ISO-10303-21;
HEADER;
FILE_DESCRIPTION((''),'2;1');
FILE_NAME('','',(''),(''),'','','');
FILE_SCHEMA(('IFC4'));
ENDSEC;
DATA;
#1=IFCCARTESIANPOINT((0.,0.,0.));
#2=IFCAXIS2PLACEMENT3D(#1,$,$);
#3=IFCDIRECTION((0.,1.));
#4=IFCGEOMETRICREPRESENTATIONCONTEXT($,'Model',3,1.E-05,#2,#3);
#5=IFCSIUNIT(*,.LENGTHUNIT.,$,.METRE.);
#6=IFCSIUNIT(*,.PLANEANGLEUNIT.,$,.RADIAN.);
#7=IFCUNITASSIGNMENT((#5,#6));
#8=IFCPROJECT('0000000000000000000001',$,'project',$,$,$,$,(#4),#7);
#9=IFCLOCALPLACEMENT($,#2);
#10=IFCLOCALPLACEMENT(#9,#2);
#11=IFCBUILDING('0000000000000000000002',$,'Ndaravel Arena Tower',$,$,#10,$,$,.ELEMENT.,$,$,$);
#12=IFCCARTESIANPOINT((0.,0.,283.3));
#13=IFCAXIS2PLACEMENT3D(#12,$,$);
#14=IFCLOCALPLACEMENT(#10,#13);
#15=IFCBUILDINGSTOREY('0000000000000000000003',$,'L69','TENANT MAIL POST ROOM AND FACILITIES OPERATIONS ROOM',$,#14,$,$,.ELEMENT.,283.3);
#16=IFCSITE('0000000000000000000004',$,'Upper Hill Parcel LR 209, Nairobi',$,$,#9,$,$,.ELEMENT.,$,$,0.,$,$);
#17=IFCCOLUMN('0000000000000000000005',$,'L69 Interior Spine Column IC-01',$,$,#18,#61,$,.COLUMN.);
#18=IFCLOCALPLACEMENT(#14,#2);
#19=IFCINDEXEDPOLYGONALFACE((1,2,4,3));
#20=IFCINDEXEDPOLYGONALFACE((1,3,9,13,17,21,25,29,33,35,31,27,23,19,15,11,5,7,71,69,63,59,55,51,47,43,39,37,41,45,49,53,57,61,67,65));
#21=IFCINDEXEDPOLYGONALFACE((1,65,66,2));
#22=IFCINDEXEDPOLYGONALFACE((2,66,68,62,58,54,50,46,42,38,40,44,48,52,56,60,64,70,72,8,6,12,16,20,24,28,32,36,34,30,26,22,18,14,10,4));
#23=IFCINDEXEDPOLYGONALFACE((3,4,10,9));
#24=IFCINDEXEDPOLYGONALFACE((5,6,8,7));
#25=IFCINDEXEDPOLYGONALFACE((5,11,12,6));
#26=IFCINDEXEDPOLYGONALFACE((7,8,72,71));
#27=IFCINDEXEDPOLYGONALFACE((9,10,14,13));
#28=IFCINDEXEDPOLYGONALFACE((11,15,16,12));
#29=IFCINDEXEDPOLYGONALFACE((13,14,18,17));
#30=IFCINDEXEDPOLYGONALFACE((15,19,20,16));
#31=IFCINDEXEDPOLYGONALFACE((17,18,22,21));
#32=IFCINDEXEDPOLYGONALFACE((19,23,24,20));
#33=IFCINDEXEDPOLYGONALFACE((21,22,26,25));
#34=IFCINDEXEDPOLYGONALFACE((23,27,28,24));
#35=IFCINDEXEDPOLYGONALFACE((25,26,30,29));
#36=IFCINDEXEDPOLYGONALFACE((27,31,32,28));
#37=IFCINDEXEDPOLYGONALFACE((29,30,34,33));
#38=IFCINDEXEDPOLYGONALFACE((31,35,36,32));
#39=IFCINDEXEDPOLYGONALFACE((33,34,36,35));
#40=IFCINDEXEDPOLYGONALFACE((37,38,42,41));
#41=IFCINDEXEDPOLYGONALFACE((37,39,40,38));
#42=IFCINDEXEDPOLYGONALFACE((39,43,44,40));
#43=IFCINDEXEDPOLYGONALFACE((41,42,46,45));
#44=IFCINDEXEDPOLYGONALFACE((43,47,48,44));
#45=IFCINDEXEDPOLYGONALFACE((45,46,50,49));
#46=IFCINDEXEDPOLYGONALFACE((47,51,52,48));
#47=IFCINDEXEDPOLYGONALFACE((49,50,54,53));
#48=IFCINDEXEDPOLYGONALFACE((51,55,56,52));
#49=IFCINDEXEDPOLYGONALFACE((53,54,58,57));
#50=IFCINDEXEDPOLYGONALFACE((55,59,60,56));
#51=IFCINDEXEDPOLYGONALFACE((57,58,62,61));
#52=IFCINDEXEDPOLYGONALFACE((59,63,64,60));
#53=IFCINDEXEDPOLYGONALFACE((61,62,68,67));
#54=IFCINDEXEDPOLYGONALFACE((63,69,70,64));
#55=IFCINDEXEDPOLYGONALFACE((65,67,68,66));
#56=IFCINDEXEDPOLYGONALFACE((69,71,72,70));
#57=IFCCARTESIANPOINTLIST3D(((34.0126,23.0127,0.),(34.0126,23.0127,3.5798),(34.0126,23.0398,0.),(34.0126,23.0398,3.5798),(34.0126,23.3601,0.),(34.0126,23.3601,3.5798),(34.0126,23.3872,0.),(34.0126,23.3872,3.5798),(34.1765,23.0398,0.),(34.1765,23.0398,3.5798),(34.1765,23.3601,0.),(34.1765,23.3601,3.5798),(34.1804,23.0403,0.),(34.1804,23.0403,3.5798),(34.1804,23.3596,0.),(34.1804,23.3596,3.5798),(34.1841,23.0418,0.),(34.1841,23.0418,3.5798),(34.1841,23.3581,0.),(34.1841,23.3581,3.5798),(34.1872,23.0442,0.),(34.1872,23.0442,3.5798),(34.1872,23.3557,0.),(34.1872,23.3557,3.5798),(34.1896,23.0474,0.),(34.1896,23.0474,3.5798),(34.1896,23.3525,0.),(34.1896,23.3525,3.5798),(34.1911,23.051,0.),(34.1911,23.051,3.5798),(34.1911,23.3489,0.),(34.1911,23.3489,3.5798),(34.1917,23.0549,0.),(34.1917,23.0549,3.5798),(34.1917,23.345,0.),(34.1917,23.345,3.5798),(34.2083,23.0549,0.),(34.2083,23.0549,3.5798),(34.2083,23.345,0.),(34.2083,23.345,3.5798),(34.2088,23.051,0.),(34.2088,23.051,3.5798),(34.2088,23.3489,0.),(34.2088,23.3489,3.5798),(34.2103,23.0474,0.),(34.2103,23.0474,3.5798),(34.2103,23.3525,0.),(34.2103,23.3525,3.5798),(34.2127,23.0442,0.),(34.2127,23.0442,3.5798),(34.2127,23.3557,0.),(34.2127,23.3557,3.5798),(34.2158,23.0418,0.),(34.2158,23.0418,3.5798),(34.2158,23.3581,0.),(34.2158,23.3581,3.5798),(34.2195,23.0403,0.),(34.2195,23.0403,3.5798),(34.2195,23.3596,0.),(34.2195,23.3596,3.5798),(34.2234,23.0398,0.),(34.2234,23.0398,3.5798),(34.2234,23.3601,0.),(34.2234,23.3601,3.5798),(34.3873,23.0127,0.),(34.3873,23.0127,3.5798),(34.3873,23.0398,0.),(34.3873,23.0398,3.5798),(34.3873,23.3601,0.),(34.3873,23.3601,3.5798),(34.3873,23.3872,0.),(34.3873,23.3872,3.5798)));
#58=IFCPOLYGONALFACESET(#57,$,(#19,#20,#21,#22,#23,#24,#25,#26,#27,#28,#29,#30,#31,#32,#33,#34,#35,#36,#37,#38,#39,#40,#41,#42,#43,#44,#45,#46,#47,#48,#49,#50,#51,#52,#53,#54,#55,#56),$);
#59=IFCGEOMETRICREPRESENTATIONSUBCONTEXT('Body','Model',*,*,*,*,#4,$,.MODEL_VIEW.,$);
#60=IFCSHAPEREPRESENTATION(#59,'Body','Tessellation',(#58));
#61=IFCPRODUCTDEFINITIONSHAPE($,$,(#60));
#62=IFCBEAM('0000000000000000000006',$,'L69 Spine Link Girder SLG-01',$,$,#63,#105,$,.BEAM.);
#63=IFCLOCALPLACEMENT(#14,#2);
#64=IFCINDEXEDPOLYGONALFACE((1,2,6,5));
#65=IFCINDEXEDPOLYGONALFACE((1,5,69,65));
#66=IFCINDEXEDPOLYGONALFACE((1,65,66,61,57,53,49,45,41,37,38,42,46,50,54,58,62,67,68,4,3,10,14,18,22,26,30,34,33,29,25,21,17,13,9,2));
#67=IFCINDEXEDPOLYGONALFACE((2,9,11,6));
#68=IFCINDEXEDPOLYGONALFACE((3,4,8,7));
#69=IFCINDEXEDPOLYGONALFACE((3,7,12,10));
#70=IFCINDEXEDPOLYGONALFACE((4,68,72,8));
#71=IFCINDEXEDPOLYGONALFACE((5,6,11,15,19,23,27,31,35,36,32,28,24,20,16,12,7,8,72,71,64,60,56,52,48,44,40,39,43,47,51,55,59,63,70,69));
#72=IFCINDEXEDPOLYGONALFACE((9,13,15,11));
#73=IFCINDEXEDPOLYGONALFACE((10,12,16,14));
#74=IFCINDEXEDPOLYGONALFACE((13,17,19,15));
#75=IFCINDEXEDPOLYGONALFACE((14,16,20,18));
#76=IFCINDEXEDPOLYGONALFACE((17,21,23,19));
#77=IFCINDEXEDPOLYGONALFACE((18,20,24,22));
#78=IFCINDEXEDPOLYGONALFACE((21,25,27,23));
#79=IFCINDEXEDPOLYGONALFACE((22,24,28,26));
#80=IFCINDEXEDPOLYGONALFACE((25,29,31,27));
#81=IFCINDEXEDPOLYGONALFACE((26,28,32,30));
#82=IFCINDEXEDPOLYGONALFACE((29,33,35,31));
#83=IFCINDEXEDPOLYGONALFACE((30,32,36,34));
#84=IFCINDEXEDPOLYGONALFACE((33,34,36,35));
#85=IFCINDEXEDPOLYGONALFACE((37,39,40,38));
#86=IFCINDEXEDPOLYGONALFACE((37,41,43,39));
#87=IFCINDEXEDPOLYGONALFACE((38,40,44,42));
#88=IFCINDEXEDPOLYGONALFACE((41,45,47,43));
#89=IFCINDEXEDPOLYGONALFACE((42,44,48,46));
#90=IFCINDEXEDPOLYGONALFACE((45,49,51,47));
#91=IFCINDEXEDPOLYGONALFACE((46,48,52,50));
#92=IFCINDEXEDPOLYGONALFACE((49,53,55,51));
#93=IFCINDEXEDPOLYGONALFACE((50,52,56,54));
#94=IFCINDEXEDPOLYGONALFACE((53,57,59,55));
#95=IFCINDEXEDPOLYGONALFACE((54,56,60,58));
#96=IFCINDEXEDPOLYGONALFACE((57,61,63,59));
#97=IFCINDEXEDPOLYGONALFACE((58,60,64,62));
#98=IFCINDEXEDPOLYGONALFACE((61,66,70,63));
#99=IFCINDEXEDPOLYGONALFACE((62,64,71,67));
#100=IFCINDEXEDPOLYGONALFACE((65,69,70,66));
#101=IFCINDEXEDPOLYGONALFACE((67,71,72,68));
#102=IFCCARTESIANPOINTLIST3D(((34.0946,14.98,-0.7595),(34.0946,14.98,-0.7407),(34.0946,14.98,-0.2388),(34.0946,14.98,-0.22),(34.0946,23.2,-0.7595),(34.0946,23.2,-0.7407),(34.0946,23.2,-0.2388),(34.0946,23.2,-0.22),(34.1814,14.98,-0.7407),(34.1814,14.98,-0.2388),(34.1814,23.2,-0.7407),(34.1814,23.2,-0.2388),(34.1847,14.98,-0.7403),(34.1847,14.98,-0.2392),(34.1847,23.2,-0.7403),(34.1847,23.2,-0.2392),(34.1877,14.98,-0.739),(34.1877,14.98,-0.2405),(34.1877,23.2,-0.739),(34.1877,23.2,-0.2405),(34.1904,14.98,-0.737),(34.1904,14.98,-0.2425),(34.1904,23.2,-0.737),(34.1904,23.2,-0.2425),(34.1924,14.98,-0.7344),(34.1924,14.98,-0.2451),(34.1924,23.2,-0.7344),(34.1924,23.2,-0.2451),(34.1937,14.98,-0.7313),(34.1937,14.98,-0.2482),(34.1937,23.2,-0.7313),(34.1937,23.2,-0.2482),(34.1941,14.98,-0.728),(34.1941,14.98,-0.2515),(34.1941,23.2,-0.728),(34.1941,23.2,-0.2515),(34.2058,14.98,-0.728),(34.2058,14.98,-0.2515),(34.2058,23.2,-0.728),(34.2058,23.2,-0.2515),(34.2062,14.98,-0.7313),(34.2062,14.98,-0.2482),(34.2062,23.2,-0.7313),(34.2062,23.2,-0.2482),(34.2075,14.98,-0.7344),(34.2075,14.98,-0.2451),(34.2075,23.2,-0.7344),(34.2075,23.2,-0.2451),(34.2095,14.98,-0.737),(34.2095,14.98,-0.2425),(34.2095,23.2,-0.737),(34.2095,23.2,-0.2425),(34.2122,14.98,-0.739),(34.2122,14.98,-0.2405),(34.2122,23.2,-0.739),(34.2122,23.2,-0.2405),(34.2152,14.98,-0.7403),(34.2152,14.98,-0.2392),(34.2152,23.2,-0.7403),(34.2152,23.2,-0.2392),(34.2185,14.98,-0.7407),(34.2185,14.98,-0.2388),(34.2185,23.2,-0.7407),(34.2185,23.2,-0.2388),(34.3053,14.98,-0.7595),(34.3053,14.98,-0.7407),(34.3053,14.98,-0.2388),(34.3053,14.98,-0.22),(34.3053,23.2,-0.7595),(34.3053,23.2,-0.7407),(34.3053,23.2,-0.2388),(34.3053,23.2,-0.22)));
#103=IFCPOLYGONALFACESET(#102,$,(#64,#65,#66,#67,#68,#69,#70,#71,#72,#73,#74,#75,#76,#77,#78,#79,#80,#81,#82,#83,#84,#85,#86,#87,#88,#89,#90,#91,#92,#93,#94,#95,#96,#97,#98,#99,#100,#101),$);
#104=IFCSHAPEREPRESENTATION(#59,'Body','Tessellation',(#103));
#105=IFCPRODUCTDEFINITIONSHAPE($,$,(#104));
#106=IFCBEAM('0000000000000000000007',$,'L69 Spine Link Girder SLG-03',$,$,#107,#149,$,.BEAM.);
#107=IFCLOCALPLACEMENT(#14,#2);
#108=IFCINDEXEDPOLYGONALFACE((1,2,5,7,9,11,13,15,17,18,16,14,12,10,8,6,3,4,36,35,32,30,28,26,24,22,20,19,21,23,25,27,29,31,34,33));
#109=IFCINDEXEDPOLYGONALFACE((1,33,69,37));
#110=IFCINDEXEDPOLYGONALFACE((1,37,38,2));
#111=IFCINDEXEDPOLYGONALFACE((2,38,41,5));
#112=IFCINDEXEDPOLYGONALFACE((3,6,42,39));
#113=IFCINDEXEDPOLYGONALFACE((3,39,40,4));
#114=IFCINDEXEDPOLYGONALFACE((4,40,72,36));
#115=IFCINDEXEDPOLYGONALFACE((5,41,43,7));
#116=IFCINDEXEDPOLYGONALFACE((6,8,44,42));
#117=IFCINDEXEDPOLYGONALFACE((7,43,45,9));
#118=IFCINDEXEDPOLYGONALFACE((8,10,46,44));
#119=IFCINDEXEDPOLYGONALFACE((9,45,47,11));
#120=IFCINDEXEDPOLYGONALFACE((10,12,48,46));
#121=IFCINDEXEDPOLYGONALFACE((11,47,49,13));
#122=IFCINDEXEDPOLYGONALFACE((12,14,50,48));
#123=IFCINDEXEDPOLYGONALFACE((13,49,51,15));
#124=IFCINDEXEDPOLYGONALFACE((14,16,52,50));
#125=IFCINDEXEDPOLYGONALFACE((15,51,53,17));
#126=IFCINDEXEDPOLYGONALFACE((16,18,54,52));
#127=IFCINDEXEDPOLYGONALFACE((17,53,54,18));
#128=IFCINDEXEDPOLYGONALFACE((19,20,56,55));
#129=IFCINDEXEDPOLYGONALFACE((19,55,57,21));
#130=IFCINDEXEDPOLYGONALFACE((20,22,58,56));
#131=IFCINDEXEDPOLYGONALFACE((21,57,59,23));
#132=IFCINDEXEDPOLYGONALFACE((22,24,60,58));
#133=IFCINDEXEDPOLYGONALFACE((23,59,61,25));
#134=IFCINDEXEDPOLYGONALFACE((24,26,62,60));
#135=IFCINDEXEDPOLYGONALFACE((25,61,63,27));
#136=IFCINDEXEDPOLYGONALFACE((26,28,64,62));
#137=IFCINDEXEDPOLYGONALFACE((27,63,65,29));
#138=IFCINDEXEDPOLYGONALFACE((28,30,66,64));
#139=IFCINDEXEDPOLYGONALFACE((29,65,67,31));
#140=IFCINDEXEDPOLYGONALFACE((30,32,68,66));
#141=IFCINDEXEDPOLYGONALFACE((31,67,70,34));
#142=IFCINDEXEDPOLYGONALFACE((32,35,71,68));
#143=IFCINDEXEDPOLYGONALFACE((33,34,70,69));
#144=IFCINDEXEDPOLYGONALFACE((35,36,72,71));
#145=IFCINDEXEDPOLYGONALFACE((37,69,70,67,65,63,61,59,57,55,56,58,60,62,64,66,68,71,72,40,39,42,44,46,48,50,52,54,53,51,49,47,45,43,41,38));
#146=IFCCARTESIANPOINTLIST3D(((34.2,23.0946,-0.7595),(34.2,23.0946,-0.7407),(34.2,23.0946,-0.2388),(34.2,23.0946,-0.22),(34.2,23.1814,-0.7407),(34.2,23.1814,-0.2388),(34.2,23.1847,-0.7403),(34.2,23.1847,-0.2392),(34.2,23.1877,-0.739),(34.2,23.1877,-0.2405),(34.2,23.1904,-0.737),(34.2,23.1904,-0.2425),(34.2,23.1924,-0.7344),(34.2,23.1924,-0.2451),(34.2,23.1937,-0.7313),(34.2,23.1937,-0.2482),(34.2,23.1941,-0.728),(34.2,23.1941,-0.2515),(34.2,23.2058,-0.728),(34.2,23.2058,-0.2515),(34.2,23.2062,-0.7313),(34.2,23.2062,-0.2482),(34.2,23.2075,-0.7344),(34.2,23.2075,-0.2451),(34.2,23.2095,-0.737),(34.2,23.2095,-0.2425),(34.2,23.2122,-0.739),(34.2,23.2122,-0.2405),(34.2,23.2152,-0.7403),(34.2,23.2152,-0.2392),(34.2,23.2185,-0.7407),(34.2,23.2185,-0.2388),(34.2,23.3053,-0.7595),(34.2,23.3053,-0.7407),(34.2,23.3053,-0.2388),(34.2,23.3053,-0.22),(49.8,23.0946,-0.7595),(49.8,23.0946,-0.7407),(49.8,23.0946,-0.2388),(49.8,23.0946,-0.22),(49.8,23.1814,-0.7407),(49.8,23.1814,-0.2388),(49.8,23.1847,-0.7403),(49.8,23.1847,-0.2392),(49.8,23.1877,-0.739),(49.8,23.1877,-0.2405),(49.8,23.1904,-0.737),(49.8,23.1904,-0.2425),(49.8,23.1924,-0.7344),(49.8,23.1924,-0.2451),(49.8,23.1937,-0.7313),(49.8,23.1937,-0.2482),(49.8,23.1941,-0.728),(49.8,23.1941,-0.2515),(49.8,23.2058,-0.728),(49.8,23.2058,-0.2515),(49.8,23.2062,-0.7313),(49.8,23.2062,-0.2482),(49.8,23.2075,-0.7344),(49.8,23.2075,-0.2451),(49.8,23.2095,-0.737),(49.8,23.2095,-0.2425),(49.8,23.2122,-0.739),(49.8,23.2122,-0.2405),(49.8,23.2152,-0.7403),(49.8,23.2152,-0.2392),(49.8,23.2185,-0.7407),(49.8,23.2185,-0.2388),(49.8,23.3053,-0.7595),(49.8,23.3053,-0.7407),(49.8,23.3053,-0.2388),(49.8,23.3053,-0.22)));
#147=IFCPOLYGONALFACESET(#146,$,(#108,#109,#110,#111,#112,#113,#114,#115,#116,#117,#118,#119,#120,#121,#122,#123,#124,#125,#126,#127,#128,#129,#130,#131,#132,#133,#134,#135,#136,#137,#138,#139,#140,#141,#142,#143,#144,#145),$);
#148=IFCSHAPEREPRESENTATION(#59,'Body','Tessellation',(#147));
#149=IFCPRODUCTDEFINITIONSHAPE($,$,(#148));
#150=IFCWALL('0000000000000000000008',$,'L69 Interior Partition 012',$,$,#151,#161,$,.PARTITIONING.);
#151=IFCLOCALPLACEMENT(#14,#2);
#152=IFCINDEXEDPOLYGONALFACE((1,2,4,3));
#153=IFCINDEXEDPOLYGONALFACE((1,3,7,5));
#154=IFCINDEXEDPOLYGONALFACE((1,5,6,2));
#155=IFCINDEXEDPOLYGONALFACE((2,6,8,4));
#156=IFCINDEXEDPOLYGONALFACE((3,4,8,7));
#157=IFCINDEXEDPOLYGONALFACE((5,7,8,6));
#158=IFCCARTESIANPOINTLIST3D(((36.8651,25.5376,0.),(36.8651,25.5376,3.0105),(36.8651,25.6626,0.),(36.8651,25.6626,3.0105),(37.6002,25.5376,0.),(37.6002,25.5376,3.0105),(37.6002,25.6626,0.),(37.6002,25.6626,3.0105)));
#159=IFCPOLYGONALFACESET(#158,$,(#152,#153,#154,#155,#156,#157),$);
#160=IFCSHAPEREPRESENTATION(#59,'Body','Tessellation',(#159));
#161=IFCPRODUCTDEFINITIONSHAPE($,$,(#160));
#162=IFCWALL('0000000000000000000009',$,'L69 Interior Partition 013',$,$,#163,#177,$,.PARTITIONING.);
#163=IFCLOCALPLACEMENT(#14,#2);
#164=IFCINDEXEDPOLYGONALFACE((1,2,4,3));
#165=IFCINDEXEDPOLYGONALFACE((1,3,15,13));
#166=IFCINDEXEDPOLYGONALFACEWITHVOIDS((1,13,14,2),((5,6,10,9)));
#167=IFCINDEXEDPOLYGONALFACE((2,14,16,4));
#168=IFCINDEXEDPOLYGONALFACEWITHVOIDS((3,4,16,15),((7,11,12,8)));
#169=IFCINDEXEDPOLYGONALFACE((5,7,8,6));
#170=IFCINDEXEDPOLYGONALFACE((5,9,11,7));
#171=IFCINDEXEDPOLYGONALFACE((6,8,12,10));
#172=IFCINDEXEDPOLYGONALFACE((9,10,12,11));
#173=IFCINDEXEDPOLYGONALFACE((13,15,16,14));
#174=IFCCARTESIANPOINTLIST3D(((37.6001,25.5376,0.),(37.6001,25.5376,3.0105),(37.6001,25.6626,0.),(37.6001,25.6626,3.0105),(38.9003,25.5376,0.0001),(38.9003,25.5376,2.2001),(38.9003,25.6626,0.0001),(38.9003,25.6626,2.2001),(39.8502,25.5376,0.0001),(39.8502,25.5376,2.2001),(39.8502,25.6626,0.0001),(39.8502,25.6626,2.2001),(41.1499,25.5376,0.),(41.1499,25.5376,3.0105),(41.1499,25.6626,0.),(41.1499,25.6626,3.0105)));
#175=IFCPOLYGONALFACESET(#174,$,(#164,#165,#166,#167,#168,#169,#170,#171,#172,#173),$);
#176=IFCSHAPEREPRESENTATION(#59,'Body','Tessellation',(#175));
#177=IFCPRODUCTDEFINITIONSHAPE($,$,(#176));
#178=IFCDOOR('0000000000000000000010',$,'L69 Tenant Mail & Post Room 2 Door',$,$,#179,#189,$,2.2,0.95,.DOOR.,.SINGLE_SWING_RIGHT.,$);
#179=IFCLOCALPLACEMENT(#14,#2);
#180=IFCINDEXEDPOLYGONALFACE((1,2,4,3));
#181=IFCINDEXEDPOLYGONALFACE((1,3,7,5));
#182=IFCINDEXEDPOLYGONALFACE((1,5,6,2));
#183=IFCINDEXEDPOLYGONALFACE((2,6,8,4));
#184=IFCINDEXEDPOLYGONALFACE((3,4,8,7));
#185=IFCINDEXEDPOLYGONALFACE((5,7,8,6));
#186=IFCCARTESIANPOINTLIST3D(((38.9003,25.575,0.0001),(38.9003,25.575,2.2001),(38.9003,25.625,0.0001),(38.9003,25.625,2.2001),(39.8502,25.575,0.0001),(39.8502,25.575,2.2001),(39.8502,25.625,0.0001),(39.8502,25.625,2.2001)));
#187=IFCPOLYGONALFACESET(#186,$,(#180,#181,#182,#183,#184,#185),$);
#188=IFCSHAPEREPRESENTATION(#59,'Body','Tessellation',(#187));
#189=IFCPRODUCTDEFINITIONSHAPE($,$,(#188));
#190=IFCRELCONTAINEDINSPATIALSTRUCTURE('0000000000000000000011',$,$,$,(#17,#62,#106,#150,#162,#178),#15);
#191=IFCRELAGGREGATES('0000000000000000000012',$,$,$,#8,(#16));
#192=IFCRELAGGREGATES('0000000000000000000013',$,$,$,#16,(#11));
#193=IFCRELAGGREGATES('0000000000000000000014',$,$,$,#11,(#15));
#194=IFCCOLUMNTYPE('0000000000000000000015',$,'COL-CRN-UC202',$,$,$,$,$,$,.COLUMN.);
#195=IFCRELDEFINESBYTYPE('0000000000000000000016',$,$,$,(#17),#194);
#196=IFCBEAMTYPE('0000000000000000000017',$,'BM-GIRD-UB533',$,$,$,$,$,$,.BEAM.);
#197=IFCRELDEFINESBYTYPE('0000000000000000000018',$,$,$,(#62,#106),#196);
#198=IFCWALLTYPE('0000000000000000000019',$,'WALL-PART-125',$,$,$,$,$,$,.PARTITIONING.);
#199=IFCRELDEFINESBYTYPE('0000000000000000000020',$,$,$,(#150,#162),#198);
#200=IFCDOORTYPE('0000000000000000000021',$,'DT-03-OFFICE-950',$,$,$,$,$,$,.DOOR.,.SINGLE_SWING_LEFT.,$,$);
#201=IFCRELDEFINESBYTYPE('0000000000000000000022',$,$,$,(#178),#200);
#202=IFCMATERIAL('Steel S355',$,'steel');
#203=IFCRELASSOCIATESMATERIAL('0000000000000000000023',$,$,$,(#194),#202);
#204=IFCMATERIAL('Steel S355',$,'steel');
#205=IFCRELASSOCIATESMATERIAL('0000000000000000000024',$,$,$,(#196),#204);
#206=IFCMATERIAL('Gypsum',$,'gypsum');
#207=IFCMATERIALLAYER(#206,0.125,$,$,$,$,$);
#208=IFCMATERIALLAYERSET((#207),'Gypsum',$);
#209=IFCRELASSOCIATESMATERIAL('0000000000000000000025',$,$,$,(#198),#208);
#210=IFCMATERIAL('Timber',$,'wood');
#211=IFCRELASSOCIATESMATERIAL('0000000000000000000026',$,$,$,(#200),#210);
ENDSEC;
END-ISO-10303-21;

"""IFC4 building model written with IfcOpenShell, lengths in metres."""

from ifc_helpers import new_model, si_unit, direction, frame, frame_2d, origin, origin_2d, place, context, subcontext, project, spatial, rectangle, i_section, extrude, material, layer, layer_set, material_profile, profile_set, type_object, element, fill, save


model = new_model("IFC4")

# Units and contexts
model_context = context("Model", 3, precision=1e-05, world=origin(), true_north=direction((0.0, 1.0)))
body_context = subcontext(model_context, "Body", "Model", "MODEL_VIEW")
ifc_project = project(units=[si_unit("LENGTHUNIT", "METRE"), si_unit("PLANEANGLEUNIT", "RADIAN")], contexts=[model_context])

# Site, building, storey
site_placement = place(None, origin())
site = spatial("IfcSite", under=ifc_project, at=site_placement, Name="Upper Hill Parcel LR 209, Nairobi", CompositionType="ELEMENT", RefElevation=0.0)
building_placement = place(site_placement, origin())
building = spatial("IfcBuilding", under=site, at=building_placement, Name="Ndaravel Arena Tower", CompositionType="ELEMENT")
storey_placement = place(building_placement, frame((0.0, 0.0, 283.3)))
storey = spatial("IfcBuildingStorey", under=building, at=storey_placement, Name="L69", Description="TENANT MAIL POST ROOM AND FACILITIES OPERATIONS ROOM", CompositionType="ELEMENT", Elevation=283.3)

# Column
ifc_material_1 = material(Name="Steel S355", Category="steel")
ifc_material_profile_1 = material_profile(ifc_material_1, i_section(OverallWidth=0.3748, OverallDepth=0.3745, WebThickness=0.0166, FlangeThickness=0.0271, FilletRadius=0.0151, at=origin_2d()), Name="UC 356x368x202")
ifc_profile_set_1 = profile_set([ifc_material_profile_1], Name="Steel S355")
column_type = type_object("IfcColumnType", Name="COL-CRN-UC202", PredefinedType="COLUMN", material=ifc_profile_set_1)
column_placement = place(storey_placement, frame((34.2, 23.2, 0.0), z_axis=(0.0, 0.0, 1.0), x_axis=(1.0, 0.0, 0.0)))
element("IfcColumn", 1, at=column_placement, inside=storey, type_object=column_type, Name="L69 Interior Spine Column IC-01", PredefinedType="COLUMN", context=body_context, shape_type="SweptSolid", body=[
    extrude(i_section(OverallWidth=0.3748, OverallDepth=0.3745, WebThickness=0.0166, FlangeThickness=0.0271, FilletRadius=0.0151, at=origin_2d()), origin(), (0.0, 0.0, 1.0), 3.5798),
])

# Beams
ifc_material_2 = material(Name="Steel S355", Category="steel")
ifc_material_profile_2 = material_profile(ifc_material_2, i_section(OverallWidth=0.2107, OverallDepth=0.5396, WebThickness=0.0117, FlangeThickness=0.0188, FilletRadius=0.0127, at=origin_2d()), Name="UB 533x210x109")
ifc_profile_set_2 = profile_set([ifc_material_profile_2], Name="Steel S355")
beam_type = type_object("IfcBeamType", Name="BM-GIRD-UB533", PredefinedType="BEAM", material=ifc_profile_set_2)
beam_1_placement = place(storey_placement, frame((34.2, 14.98, -0.4897), z_axis=(0.0, 1.0, 0.0), x_axis=(-1.0, 0.0, 0.0)))
element("IfcBeam", 2, at=beam_1_placement, inside=storey, type_object=beam_type, Name="L69 Spine Link Girder SLG-01", PredefinedType="BEAM", context=body_context, shape_type="SweptSolid", body=[
    extrude(i_section(OverallWidth=0.2107, OverallDepth=0.5396, WebThickness=0.0117, FlangeThickness=0.0188, FilletRadius=0.0127, at=origin_2d()), origin(), (0.0, 0.0, 1.0), 8.22),
])
beam_2_placement = place(storey_placement, frame((34.2, 23.2, -0.4897), z_axis=(1.0, 0.0, 0.0), x_axis=(0.0, 1.0, 0.0)))
element("IfcBeam", 3, at=beam_2_placement, inside=storey, type_object=beam_type, Name="L69 Spine Link Girder SLG-03", PredefinedType="BEAM", context=body_context, shape_type="SweptSolid", body=[
    extrude(i_section(OverallWidth=0.2107, OverallDepth=0.5396, WebThickness=0.0117, FlangeThickness=0.0188, FilletRadius=0.0127, at=origin_2d()), origin(), (0.0, 0.0, 1.0), 15.6001),
])

# Wall
ifc_material_3 = material(Name="Gypsum", Category="gypsum")
ifc_layer_1 = layer(ifc_material_3, 0.125)
ifc_layer_set_1 = layer_set([ifc_layer_1], Name="Gypsum")
wall_type_1 = type_object("IfcWallType", Name="WALL-PART-125", PredefinedType="PARTITIONING", material=ifc_layer_set_1)
wall_1_placement = place(storey_placement, frame((36.865, 25.6001, 0.0), z_axis=(0.0, 0.0, 1.0), x_axis=(1.0, 0.0, 0.0)))
element("IfcWall", 4, at=wall_1_placement, inside=storey, type_object=wall_type_1, Name="L69 Interior Partition 012", PredefinedType="PARTITIONING", context=body_context, shape_type="SweptSolid", body=[
    extrude(rectangle(XDim=0.7351, YDim=0.125, at=frame_2d((0.3677, 0.0))), origin(), (0.0, 0.0, 1.0), 3.0105),
])

# Wall, opening, door
wall_2_placement = place(storey_placement, frame((37.6001, 25.6001, 0.0), z_axis=(0.0, 0.0, 1.0), x_axis=(1.0, 0.0, 0.0)))
wall_2 = element("IfcWall", 5, at=wall_2_placement, inside=storey, type_object=wall_type_1, Name="L69 Interior Partition 013", PredefinedType="PARTITIONING", context=body_context, shape_type="SweptSolid", body=[
    extrude(rectangle(XDim=3.5498, YDim=0.125, at=frame_2d((1.7749, 0.0))), origin(), (0.0, 0.0, 1.0), 3.0105),
])
opening_1_placement = place(wall_2_placement, frame((1.3, 0.0, 0.0)))
opening_1 = element("IfcOpeningElement", 6, at=opening_1_placement, cuts=wall_2, PredefinedType="OPENING", context=body_context, shape_type="SweptSolid", body=[
    extrude(rectangle(XDim=0.95, YDim=2.2, at=frame_2d((0.4751, 1.1001))), frame((0.0, 0.0625, 0.0), z_axis=(0.0, -1.0, 0.0), x_axis=(1.0, 0.0, 0.0)), (0.0, 0.0, 1.0), 0.125),
])
ifc_material_4 = material(Name="Timber", Category="wood")
door_type_1 = type_object("IfcDoorType", Name="DT-03-OFFICE-950", OperationType="SINGLE_SWING_LEFT", PredefinedType="DOOR", material=ifc_material_4)
door_1_placement = place(opening_1_placement, origin())
door_1 = element("IfcDoor", 7, at=door_1_placement, inside=storey, type_object=door_type_1, Name="L69 Tenant Mail & Post Room 2 Door", OperationType="SINGLE_SWING_RIGHT", OverallHeight=2.2, OverallWidth=0.95, PredefinedType="DOOR", context=body_context, shape_type="SweptSolid", body=[
    extrude(rectangle(XDim=0.95, YDim=2.2, at=frame_2d((0.4751, 1.1001))), frame((0.0, 0.0249, 0.0), z_axis=(0.0, -1.0, 0.0), x_axis=(1.0, 0.0, 0.0)), (0.0, 0.0, 1.0), 0.05),
])
fill(opening_1, door_1)

save(model, "model.ifc")
